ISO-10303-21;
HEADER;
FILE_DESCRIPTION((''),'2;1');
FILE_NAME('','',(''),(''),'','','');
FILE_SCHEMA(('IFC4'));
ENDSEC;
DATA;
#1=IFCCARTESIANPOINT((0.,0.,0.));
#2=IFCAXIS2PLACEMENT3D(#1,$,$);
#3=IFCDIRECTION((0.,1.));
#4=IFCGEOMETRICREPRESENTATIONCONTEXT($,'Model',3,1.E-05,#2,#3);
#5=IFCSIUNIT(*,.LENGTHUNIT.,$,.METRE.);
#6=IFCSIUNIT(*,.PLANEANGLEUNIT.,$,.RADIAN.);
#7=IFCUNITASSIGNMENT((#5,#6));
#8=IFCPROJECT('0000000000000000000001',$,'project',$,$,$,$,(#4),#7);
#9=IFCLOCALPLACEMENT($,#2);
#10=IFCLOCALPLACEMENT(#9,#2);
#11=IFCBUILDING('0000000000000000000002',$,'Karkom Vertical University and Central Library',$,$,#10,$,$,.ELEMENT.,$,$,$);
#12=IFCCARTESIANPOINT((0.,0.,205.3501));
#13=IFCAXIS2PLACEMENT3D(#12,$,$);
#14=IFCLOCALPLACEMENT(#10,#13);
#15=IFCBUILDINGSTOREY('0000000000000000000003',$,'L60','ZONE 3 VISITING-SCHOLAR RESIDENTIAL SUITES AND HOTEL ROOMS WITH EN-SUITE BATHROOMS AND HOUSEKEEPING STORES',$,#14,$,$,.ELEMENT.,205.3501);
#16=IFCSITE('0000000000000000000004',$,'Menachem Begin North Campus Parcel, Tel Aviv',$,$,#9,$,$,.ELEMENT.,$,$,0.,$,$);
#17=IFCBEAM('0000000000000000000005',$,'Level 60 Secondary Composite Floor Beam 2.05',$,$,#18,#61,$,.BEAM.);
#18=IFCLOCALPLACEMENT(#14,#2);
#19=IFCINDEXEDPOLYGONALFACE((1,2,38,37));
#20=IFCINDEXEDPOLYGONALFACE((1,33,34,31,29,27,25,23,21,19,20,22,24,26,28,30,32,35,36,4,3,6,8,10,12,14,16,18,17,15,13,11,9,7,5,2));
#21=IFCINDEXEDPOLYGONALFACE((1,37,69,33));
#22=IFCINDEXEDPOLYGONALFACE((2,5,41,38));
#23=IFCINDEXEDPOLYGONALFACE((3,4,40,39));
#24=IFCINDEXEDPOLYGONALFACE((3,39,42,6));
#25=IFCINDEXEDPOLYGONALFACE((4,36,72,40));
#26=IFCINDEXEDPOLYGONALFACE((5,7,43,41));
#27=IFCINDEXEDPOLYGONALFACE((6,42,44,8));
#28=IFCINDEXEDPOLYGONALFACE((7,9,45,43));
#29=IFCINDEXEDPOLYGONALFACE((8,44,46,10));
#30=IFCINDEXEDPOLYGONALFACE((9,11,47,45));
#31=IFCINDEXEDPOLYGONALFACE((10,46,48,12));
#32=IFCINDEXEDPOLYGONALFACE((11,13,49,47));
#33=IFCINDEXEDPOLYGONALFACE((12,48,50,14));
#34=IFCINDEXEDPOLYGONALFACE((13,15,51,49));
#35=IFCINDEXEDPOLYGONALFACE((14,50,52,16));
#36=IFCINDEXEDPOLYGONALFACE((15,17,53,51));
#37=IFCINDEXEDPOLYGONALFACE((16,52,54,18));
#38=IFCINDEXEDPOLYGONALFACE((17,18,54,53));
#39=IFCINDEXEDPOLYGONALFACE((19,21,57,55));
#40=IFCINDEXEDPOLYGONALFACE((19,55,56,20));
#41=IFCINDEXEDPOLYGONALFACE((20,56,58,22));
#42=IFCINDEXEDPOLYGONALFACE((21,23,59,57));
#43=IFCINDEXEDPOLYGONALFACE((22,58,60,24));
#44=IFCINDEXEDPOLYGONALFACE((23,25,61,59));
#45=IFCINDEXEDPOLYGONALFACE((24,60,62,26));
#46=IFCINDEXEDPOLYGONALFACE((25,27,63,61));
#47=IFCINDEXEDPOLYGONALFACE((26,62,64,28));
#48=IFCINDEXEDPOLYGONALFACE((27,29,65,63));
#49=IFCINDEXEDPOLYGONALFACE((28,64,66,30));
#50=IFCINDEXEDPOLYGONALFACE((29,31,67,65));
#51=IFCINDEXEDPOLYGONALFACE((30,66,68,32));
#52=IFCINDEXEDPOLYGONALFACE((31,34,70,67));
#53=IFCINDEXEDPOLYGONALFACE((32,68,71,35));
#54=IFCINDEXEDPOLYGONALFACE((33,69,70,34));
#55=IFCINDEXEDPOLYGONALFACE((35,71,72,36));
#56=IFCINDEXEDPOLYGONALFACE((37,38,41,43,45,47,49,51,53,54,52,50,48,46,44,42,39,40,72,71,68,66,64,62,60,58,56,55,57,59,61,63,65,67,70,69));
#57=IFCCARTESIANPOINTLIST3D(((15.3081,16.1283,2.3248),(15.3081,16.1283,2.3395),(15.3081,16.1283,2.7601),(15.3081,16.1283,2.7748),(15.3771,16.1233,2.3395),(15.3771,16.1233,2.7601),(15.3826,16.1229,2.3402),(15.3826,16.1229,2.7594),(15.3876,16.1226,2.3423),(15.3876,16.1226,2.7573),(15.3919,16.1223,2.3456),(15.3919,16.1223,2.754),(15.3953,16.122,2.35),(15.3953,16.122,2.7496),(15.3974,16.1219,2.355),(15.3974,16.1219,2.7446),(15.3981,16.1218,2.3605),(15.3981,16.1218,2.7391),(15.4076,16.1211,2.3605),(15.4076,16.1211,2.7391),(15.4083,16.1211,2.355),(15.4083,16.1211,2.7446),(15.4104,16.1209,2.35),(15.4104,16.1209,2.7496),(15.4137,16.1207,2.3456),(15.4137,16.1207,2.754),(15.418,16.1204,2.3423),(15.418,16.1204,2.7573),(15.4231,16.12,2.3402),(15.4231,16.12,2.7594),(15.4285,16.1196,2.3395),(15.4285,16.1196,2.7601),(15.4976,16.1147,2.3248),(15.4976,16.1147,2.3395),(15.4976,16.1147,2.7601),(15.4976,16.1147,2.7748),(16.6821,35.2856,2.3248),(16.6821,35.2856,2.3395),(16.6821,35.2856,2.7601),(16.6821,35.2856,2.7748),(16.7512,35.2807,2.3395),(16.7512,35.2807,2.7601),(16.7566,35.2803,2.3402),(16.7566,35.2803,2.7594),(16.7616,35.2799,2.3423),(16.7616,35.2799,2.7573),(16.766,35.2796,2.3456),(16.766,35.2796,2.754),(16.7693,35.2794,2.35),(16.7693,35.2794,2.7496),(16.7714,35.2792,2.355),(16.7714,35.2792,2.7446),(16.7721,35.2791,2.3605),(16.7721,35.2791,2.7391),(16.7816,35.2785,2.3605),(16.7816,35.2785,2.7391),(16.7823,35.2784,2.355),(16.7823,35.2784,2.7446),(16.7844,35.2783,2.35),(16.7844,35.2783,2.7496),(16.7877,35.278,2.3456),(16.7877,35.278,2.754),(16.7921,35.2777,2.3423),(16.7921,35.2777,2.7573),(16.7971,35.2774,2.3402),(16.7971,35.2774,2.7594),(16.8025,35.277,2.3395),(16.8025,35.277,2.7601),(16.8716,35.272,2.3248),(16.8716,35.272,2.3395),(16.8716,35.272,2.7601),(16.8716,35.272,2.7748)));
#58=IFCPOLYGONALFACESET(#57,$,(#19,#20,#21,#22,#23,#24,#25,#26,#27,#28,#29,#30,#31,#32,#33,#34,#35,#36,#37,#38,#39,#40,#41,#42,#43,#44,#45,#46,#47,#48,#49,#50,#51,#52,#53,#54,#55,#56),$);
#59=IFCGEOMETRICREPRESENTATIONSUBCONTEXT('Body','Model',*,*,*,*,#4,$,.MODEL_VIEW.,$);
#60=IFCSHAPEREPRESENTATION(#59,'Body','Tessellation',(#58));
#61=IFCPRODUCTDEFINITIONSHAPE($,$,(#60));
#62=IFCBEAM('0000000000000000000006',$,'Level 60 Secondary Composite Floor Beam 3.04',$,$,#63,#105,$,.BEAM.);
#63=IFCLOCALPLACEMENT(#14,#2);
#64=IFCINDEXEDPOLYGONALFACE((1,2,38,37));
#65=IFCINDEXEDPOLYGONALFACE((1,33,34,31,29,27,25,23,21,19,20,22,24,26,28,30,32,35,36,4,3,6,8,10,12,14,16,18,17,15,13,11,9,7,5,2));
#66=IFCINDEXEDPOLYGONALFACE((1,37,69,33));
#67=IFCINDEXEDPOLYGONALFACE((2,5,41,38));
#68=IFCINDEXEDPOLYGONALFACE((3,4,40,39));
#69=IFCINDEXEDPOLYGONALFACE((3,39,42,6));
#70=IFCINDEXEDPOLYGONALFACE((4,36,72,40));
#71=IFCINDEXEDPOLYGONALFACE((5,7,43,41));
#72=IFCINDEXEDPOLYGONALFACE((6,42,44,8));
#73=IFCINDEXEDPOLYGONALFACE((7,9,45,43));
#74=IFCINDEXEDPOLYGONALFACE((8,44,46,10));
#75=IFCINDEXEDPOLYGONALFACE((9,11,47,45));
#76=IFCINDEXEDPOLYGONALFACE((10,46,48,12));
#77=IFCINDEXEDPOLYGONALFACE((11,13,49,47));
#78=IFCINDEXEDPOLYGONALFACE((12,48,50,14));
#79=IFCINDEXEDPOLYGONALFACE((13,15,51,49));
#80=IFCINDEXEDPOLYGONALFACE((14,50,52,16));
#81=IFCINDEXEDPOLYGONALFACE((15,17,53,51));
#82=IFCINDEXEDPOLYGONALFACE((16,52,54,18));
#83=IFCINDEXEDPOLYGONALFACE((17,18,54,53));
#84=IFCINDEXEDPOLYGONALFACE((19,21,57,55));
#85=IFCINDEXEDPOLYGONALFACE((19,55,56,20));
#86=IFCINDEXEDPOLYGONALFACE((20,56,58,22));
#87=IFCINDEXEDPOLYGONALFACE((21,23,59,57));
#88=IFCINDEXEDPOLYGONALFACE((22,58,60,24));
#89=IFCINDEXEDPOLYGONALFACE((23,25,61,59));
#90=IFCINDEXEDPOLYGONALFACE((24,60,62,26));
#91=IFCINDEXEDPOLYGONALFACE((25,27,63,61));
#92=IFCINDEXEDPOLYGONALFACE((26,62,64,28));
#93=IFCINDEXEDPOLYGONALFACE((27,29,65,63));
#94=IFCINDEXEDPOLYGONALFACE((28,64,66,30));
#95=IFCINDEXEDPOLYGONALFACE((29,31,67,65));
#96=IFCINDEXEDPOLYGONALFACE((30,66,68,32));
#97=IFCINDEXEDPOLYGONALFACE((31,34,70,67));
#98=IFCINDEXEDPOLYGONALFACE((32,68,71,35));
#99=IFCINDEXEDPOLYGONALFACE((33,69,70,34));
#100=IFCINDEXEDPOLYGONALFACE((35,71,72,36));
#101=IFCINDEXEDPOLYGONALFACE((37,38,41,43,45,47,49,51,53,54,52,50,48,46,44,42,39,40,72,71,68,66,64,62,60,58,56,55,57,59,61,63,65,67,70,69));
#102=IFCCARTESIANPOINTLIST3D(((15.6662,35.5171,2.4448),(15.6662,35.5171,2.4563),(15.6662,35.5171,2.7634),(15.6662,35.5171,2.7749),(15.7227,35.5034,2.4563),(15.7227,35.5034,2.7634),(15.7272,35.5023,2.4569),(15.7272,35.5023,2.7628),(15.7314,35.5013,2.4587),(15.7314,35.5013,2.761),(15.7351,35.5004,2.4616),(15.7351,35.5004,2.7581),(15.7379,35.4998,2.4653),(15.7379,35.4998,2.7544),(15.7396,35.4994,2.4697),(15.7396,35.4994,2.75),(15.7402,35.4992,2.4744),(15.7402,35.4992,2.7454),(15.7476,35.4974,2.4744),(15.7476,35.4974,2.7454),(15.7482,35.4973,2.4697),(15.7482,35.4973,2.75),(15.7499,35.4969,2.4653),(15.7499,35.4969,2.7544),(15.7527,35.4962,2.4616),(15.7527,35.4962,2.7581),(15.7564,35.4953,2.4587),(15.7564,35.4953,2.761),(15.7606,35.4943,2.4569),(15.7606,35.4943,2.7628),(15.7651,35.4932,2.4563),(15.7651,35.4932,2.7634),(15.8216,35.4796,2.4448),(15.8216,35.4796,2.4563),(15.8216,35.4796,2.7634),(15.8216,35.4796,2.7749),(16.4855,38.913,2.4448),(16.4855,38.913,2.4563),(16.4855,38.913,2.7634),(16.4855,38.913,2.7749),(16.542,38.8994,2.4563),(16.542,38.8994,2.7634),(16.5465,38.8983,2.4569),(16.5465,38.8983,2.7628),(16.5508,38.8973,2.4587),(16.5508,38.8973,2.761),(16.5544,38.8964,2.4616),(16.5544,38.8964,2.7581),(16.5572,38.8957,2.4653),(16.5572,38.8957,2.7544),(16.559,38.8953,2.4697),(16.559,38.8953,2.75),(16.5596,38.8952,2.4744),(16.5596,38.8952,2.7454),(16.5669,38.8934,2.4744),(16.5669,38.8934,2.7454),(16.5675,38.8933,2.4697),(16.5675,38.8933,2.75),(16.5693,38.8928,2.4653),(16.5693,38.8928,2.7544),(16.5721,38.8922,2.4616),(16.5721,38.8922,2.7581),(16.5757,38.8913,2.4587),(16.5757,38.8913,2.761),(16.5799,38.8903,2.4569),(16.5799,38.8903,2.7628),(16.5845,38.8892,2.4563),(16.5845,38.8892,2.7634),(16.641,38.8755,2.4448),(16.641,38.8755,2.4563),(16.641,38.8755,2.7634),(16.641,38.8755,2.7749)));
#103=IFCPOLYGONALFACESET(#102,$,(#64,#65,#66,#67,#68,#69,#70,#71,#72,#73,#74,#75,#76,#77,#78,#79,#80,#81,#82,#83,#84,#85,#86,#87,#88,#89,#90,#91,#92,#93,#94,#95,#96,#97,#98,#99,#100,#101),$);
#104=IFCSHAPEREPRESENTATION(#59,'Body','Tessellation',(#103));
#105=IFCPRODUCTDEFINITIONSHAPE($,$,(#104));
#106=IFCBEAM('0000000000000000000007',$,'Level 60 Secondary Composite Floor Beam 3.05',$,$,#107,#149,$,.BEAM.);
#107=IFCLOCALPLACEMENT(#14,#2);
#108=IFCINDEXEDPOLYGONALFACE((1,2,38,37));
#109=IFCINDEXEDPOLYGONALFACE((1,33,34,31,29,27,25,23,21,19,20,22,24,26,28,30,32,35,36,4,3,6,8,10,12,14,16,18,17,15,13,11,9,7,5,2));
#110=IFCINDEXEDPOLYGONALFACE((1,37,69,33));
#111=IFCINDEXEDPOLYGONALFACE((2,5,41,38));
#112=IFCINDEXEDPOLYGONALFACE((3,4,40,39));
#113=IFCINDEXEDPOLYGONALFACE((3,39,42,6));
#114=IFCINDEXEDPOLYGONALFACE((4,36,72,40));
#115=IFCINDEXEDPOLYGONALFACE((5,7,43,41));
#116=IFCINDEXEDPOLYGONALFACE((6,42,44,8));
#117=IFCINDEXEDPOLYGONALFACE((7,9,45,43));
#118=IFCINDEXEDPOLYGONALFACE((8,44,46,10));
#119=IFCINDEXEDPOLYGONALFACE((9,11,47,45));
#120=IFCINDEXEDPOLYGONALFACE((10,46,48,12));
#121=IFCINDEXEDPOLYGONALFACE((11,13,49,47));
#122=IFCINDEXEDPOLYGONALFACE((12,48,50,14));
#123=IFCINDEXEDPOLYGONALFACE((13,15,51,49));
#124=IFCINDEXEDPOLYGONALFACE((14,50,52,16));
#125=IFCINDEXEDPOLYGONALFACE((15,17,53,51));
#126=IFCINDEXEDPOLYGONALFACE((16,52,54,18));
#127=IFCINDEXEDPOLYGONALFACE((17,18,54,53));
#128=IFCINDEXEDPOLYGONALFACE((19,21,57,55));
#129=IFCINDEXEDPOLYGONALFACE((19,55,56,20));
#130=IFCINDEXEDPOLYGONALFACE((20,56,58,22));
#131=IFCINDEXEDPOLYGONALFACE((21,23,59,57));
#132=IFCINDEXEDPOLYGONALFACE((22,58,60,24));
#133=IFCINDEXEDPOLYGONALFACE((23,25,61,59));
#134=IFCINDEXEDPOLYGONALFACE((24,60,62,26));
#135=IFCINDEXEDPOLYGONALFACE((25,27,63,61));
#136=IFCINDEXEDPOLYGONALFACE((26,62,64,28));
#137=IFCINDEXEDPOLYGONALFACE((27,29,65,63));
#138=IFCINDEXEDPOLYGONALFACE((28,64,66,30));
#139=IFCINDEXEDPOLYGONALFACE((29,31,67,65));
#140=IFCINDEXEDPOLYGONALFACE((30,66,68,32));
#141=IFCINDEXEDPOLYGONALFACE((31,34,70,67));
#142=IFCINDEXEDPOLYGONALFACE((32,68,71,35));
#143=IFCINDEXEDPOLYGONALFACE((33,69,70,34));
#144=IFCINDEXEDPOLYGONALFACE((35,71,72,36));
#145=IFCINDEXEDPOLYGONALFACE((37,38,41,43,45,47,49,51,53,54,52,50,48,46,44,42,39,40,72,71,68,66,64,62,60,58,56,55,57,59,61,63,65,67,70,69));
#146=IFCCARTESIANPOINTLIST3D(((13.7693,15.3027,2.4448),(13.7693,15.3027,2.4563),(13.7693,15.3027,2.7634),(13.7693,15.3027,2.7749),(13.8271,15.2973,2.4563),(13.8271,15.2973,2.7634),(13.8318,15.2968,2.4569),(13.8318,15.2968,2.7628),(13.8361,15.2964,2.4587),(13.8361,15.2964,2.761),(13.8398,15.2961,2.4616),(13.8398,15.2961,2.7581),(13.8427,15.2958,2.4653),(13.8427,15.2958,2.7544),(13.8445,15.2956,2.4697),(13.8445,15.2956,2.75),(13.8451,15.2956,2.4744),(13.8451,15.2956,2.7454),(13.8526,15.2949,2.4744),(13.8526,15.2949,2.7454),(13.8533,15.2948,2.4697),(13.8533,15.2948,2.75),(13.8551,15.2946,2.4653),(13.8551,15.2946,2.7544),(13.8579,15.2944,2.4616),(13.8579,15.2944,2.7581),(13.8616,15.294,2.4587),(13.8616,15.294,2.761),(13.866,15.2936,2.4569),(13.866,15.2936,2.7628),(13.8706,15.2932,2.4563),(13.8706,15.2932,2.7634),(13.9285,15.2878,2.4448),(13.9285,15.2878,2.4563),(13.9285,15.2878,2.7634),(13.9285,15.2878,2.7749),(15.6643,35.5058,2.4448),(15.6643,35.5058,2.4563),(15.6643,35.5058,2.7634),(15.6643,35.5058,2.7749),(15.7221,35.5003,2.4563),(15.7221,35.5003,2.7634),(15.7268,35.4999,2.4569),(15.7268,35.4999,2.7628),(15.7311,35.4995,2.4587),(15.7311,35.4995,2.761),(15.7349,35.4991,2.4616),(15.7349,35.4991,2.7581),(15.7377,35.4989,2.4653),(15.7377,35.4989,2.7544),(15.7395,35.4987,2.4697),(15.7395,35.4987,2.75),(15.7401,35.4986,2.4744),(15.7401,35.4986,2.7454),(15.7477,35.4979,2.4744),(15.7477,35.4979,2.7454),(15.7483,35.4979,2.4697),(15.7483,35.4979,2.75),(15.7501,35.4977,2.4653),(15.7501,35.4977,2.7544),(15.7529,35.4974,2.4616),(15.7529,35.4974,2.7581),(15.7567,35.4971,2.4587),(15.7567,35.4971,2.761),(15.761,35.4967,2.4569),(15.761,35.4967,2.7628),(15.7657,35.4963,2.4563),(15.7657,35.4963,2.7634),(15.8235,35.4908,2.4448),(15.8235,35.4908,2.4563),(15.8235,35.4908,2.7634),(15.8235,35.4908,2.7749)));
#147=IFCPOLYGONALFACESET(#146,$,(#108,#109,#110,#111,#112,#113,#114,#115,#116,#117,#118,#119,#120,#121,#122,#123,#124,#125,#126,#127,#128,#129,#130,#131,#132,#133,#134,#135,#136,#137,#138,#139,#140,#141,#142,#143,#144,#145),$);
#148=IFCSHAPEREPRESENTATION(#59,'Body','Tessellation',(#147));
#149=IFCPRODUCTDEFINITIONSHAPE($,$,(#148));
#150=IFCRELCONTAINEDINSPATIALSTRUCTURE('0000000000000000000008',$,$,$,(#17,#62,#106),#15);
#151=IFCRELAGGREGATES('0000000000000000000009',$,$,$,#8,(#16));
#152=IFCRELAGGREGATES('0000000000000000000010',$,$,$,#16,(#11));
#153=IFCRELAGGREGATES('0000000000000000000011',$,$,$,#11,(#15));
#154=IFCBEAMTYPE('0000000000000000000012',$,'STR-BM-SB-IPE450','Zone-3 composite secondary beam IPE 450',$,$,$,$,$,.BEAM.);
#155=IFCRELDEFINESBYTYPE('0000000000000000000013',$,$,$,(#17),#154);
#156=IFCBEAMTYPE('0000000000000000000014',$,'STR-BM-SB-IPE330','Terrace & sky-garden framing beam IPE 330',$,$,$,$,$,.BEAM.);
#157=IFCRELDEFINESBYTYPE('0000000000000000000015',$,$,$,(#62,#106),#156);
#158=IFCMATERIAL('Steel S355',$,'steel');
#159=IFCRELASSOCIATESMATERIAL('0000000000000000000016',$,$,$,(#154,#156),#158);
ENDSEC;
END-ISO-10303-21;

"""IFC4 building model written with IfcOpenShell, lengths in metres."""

from ifc_helpers import new_model, si_unit, direction, frame, origin, origin_with_axes, origin_2d, place, context, subcontext, project, spatial, i_section, extrude, source, transform, mapped, material, material_profile, profile_set, type_object, element, save


model = new_model("IFC4")

# Units and contexts
model_context = context("Model", 3, precision=1e-05, world=origin(), true_north=direction((0.0, 1.0)))
body_context = subcontext(model_context, "Body", "Model", "MODEL_VIEW")
ifc_project = project(units=[si_unit("LENGTHUNIT", "METRE"), si_unit("PLANEANGLEUNIT", "RADIAN")], contexts=[model_context])

# Site, building, storey
site_placement = place(None, origin())
site = spatial("IfcSite", under=ifc_project, at=site_placement, Name="Menachem Begin North Campus Parcel, Tel Aviv", CompositionType="ELEMENT", RefElevation=0.0)
building_placement = place(site_placement, origin())
building = spatial("IfcBuilding", under=site, at=building_placement, Name="Karkom Vertical University and Central Library", CompositionType="ELEMENT")
storey_placement = place(building_placement, frame((0.0, 0.0, 205.3501)))
storey = spatial("IfcBuildingStorey", under=building, at=storey_placement, Name="L60", Description="ZONE 3 VISITING-SCHOLAR RESIDENTIAL SUITES AND HOTEL ROOMS WITH EN-SUITE BATHROOMS AND HOUSEKEEPING STORES", CompositionType="ELEMENT", Elevation=205.3501)

# Beams
ifc_material_1 = material(Name="Steel S355", Category="steel")
ifc_material_profile_1 = material_profile(ifc_material_1, i_section(OverallWidth=0.1899, OverallDepth=0.45, WebThickness=0.0095, FlangeThickness=0.0146, FilletRadius=0.021, at=origin_2d()), Name="IPE 450")
ifc_profile_set_1 = profile_set([ifc_material_profile_1], Name="Steel S355")
beam_type_1 = type_object("IfcBeamType", Name="STR-BM-SB-IPE450", Description="Zone-3 composite secondary beam IPE 450", PredefinedType="BEAM", material=ifc_profile_set_1)
shared_shape_1 = source(origin_with_axes(), body_context, "Body", "SweptSolid", [
    extrude(i_section(OverallWidth=0.1899, OverallDepth=0.45, WebThickness=0.0095, FlangeThickness=0.0146, FilletRadius=0.021, at=origin_2d()), origin(), (0.0, 0.0, 1.0), 19.2065),
])
beam_1_placement = place(storey_placement, frame((16.7769, 35.2788, 2.5498), z_axis=(-0.07154, -0.997438, 0.0), x_axis=(0.997438, -0.07154, 0.0)))
element("IfcBeam", 1, at=beam_1_placement, inside=storey, type_object=beam_type_1, Name="Level 60 Secondary Composite Floor Beam 2.05", PredefinedType="BEAM", context=body_context, shape_type="MappedRepresentation", body=[
    mapped(shared_shape_1, transform((0.0, 0.0, 0.0), scale=1.0)),
])
ifc_material_profile_2 = material_profile(ifc_material_1, i_section(OverallWidth=0.1599, OverallDepth=0.3301, WebThickness=0.0076, FlangeThickness=0.0115, FilletRadius=0.0181, at=origin_2d()), Name="IPE 330")
ifc_profile_set_2 = profile_set([ifc_material_profile_2], Name="Steel S355")
beam_type_2 = type_object("IfcBeamType", Name="STR-BM-SB-IPE330", Description="Terrace & sky-garden framing beam IPE 330", PredefinedType="BEAM", material=ifc_profile_set_2)
shared_shape_2 = source(origin_with_axes(), body_context, "Body", "SweptSolid", [
    extrude(i_section(OverallWidth=0.1599, OverallDepth=0.3301, WebThickness=0.0076, FlangeThickness=0.0115, FilletRadius=0.0181, at=origin_2d()), origin(), (0.0, 0.0, 1.0), 3.4934),
])
beam_2_placement = place(storey_placement, frame((16.5632, 38.8943, 2.6099), z_axis=(-0.234536, -0.972107, 0.0), x_axis=(0.972107, -0.234536, 0.0)))
element("IfcBeam", 2, at=beam_2_placement, inside=storey, type_object=beam_type_2, Name="Level 60 Secondary Composite Floor Beam 3.04", PredefinedType="BEAM", context=body_context, shape_type="MappedRepresentation", body=[
    mapped(shared_shape_2, transform((0.0, 0.0, 0.0), scale=1.0)),
])
shared_shape_3 = source(origin_with_axes(), body_context, "Body", "SweptSolid", [
    extrude(i_section(OverallWidth=0.1599, OverallDepth=0.3301, WebThickness=0.0076, FlangeThickness=0.0115, FilletRadius=0.0181, at=origin_2d()), origin(), (0.0, 0.0, 1.0), 20.2917),
])
beam_3_placement = place(storey_placement, frame((15.7439, 35.4983, 2.6099), z_axis=(-0.093388, -0.99563, 0.0), x_axis=(0.99563, -0.093388, 0.0)))
element("IfcBeam", 3, at=beam_3_placement, inside=storey, type_object=beam_type_2, Name="Level 60 Secondary Composite Floor Beam 3.05", PredefinedType="BEAM", context=body_context, shape_type="MappedRepresentation", body=[
    mapped(shared_shape_3, transform((0.0, 0.0, 0.0), scale=1.0)),
])

save(model, "model.ifc")
